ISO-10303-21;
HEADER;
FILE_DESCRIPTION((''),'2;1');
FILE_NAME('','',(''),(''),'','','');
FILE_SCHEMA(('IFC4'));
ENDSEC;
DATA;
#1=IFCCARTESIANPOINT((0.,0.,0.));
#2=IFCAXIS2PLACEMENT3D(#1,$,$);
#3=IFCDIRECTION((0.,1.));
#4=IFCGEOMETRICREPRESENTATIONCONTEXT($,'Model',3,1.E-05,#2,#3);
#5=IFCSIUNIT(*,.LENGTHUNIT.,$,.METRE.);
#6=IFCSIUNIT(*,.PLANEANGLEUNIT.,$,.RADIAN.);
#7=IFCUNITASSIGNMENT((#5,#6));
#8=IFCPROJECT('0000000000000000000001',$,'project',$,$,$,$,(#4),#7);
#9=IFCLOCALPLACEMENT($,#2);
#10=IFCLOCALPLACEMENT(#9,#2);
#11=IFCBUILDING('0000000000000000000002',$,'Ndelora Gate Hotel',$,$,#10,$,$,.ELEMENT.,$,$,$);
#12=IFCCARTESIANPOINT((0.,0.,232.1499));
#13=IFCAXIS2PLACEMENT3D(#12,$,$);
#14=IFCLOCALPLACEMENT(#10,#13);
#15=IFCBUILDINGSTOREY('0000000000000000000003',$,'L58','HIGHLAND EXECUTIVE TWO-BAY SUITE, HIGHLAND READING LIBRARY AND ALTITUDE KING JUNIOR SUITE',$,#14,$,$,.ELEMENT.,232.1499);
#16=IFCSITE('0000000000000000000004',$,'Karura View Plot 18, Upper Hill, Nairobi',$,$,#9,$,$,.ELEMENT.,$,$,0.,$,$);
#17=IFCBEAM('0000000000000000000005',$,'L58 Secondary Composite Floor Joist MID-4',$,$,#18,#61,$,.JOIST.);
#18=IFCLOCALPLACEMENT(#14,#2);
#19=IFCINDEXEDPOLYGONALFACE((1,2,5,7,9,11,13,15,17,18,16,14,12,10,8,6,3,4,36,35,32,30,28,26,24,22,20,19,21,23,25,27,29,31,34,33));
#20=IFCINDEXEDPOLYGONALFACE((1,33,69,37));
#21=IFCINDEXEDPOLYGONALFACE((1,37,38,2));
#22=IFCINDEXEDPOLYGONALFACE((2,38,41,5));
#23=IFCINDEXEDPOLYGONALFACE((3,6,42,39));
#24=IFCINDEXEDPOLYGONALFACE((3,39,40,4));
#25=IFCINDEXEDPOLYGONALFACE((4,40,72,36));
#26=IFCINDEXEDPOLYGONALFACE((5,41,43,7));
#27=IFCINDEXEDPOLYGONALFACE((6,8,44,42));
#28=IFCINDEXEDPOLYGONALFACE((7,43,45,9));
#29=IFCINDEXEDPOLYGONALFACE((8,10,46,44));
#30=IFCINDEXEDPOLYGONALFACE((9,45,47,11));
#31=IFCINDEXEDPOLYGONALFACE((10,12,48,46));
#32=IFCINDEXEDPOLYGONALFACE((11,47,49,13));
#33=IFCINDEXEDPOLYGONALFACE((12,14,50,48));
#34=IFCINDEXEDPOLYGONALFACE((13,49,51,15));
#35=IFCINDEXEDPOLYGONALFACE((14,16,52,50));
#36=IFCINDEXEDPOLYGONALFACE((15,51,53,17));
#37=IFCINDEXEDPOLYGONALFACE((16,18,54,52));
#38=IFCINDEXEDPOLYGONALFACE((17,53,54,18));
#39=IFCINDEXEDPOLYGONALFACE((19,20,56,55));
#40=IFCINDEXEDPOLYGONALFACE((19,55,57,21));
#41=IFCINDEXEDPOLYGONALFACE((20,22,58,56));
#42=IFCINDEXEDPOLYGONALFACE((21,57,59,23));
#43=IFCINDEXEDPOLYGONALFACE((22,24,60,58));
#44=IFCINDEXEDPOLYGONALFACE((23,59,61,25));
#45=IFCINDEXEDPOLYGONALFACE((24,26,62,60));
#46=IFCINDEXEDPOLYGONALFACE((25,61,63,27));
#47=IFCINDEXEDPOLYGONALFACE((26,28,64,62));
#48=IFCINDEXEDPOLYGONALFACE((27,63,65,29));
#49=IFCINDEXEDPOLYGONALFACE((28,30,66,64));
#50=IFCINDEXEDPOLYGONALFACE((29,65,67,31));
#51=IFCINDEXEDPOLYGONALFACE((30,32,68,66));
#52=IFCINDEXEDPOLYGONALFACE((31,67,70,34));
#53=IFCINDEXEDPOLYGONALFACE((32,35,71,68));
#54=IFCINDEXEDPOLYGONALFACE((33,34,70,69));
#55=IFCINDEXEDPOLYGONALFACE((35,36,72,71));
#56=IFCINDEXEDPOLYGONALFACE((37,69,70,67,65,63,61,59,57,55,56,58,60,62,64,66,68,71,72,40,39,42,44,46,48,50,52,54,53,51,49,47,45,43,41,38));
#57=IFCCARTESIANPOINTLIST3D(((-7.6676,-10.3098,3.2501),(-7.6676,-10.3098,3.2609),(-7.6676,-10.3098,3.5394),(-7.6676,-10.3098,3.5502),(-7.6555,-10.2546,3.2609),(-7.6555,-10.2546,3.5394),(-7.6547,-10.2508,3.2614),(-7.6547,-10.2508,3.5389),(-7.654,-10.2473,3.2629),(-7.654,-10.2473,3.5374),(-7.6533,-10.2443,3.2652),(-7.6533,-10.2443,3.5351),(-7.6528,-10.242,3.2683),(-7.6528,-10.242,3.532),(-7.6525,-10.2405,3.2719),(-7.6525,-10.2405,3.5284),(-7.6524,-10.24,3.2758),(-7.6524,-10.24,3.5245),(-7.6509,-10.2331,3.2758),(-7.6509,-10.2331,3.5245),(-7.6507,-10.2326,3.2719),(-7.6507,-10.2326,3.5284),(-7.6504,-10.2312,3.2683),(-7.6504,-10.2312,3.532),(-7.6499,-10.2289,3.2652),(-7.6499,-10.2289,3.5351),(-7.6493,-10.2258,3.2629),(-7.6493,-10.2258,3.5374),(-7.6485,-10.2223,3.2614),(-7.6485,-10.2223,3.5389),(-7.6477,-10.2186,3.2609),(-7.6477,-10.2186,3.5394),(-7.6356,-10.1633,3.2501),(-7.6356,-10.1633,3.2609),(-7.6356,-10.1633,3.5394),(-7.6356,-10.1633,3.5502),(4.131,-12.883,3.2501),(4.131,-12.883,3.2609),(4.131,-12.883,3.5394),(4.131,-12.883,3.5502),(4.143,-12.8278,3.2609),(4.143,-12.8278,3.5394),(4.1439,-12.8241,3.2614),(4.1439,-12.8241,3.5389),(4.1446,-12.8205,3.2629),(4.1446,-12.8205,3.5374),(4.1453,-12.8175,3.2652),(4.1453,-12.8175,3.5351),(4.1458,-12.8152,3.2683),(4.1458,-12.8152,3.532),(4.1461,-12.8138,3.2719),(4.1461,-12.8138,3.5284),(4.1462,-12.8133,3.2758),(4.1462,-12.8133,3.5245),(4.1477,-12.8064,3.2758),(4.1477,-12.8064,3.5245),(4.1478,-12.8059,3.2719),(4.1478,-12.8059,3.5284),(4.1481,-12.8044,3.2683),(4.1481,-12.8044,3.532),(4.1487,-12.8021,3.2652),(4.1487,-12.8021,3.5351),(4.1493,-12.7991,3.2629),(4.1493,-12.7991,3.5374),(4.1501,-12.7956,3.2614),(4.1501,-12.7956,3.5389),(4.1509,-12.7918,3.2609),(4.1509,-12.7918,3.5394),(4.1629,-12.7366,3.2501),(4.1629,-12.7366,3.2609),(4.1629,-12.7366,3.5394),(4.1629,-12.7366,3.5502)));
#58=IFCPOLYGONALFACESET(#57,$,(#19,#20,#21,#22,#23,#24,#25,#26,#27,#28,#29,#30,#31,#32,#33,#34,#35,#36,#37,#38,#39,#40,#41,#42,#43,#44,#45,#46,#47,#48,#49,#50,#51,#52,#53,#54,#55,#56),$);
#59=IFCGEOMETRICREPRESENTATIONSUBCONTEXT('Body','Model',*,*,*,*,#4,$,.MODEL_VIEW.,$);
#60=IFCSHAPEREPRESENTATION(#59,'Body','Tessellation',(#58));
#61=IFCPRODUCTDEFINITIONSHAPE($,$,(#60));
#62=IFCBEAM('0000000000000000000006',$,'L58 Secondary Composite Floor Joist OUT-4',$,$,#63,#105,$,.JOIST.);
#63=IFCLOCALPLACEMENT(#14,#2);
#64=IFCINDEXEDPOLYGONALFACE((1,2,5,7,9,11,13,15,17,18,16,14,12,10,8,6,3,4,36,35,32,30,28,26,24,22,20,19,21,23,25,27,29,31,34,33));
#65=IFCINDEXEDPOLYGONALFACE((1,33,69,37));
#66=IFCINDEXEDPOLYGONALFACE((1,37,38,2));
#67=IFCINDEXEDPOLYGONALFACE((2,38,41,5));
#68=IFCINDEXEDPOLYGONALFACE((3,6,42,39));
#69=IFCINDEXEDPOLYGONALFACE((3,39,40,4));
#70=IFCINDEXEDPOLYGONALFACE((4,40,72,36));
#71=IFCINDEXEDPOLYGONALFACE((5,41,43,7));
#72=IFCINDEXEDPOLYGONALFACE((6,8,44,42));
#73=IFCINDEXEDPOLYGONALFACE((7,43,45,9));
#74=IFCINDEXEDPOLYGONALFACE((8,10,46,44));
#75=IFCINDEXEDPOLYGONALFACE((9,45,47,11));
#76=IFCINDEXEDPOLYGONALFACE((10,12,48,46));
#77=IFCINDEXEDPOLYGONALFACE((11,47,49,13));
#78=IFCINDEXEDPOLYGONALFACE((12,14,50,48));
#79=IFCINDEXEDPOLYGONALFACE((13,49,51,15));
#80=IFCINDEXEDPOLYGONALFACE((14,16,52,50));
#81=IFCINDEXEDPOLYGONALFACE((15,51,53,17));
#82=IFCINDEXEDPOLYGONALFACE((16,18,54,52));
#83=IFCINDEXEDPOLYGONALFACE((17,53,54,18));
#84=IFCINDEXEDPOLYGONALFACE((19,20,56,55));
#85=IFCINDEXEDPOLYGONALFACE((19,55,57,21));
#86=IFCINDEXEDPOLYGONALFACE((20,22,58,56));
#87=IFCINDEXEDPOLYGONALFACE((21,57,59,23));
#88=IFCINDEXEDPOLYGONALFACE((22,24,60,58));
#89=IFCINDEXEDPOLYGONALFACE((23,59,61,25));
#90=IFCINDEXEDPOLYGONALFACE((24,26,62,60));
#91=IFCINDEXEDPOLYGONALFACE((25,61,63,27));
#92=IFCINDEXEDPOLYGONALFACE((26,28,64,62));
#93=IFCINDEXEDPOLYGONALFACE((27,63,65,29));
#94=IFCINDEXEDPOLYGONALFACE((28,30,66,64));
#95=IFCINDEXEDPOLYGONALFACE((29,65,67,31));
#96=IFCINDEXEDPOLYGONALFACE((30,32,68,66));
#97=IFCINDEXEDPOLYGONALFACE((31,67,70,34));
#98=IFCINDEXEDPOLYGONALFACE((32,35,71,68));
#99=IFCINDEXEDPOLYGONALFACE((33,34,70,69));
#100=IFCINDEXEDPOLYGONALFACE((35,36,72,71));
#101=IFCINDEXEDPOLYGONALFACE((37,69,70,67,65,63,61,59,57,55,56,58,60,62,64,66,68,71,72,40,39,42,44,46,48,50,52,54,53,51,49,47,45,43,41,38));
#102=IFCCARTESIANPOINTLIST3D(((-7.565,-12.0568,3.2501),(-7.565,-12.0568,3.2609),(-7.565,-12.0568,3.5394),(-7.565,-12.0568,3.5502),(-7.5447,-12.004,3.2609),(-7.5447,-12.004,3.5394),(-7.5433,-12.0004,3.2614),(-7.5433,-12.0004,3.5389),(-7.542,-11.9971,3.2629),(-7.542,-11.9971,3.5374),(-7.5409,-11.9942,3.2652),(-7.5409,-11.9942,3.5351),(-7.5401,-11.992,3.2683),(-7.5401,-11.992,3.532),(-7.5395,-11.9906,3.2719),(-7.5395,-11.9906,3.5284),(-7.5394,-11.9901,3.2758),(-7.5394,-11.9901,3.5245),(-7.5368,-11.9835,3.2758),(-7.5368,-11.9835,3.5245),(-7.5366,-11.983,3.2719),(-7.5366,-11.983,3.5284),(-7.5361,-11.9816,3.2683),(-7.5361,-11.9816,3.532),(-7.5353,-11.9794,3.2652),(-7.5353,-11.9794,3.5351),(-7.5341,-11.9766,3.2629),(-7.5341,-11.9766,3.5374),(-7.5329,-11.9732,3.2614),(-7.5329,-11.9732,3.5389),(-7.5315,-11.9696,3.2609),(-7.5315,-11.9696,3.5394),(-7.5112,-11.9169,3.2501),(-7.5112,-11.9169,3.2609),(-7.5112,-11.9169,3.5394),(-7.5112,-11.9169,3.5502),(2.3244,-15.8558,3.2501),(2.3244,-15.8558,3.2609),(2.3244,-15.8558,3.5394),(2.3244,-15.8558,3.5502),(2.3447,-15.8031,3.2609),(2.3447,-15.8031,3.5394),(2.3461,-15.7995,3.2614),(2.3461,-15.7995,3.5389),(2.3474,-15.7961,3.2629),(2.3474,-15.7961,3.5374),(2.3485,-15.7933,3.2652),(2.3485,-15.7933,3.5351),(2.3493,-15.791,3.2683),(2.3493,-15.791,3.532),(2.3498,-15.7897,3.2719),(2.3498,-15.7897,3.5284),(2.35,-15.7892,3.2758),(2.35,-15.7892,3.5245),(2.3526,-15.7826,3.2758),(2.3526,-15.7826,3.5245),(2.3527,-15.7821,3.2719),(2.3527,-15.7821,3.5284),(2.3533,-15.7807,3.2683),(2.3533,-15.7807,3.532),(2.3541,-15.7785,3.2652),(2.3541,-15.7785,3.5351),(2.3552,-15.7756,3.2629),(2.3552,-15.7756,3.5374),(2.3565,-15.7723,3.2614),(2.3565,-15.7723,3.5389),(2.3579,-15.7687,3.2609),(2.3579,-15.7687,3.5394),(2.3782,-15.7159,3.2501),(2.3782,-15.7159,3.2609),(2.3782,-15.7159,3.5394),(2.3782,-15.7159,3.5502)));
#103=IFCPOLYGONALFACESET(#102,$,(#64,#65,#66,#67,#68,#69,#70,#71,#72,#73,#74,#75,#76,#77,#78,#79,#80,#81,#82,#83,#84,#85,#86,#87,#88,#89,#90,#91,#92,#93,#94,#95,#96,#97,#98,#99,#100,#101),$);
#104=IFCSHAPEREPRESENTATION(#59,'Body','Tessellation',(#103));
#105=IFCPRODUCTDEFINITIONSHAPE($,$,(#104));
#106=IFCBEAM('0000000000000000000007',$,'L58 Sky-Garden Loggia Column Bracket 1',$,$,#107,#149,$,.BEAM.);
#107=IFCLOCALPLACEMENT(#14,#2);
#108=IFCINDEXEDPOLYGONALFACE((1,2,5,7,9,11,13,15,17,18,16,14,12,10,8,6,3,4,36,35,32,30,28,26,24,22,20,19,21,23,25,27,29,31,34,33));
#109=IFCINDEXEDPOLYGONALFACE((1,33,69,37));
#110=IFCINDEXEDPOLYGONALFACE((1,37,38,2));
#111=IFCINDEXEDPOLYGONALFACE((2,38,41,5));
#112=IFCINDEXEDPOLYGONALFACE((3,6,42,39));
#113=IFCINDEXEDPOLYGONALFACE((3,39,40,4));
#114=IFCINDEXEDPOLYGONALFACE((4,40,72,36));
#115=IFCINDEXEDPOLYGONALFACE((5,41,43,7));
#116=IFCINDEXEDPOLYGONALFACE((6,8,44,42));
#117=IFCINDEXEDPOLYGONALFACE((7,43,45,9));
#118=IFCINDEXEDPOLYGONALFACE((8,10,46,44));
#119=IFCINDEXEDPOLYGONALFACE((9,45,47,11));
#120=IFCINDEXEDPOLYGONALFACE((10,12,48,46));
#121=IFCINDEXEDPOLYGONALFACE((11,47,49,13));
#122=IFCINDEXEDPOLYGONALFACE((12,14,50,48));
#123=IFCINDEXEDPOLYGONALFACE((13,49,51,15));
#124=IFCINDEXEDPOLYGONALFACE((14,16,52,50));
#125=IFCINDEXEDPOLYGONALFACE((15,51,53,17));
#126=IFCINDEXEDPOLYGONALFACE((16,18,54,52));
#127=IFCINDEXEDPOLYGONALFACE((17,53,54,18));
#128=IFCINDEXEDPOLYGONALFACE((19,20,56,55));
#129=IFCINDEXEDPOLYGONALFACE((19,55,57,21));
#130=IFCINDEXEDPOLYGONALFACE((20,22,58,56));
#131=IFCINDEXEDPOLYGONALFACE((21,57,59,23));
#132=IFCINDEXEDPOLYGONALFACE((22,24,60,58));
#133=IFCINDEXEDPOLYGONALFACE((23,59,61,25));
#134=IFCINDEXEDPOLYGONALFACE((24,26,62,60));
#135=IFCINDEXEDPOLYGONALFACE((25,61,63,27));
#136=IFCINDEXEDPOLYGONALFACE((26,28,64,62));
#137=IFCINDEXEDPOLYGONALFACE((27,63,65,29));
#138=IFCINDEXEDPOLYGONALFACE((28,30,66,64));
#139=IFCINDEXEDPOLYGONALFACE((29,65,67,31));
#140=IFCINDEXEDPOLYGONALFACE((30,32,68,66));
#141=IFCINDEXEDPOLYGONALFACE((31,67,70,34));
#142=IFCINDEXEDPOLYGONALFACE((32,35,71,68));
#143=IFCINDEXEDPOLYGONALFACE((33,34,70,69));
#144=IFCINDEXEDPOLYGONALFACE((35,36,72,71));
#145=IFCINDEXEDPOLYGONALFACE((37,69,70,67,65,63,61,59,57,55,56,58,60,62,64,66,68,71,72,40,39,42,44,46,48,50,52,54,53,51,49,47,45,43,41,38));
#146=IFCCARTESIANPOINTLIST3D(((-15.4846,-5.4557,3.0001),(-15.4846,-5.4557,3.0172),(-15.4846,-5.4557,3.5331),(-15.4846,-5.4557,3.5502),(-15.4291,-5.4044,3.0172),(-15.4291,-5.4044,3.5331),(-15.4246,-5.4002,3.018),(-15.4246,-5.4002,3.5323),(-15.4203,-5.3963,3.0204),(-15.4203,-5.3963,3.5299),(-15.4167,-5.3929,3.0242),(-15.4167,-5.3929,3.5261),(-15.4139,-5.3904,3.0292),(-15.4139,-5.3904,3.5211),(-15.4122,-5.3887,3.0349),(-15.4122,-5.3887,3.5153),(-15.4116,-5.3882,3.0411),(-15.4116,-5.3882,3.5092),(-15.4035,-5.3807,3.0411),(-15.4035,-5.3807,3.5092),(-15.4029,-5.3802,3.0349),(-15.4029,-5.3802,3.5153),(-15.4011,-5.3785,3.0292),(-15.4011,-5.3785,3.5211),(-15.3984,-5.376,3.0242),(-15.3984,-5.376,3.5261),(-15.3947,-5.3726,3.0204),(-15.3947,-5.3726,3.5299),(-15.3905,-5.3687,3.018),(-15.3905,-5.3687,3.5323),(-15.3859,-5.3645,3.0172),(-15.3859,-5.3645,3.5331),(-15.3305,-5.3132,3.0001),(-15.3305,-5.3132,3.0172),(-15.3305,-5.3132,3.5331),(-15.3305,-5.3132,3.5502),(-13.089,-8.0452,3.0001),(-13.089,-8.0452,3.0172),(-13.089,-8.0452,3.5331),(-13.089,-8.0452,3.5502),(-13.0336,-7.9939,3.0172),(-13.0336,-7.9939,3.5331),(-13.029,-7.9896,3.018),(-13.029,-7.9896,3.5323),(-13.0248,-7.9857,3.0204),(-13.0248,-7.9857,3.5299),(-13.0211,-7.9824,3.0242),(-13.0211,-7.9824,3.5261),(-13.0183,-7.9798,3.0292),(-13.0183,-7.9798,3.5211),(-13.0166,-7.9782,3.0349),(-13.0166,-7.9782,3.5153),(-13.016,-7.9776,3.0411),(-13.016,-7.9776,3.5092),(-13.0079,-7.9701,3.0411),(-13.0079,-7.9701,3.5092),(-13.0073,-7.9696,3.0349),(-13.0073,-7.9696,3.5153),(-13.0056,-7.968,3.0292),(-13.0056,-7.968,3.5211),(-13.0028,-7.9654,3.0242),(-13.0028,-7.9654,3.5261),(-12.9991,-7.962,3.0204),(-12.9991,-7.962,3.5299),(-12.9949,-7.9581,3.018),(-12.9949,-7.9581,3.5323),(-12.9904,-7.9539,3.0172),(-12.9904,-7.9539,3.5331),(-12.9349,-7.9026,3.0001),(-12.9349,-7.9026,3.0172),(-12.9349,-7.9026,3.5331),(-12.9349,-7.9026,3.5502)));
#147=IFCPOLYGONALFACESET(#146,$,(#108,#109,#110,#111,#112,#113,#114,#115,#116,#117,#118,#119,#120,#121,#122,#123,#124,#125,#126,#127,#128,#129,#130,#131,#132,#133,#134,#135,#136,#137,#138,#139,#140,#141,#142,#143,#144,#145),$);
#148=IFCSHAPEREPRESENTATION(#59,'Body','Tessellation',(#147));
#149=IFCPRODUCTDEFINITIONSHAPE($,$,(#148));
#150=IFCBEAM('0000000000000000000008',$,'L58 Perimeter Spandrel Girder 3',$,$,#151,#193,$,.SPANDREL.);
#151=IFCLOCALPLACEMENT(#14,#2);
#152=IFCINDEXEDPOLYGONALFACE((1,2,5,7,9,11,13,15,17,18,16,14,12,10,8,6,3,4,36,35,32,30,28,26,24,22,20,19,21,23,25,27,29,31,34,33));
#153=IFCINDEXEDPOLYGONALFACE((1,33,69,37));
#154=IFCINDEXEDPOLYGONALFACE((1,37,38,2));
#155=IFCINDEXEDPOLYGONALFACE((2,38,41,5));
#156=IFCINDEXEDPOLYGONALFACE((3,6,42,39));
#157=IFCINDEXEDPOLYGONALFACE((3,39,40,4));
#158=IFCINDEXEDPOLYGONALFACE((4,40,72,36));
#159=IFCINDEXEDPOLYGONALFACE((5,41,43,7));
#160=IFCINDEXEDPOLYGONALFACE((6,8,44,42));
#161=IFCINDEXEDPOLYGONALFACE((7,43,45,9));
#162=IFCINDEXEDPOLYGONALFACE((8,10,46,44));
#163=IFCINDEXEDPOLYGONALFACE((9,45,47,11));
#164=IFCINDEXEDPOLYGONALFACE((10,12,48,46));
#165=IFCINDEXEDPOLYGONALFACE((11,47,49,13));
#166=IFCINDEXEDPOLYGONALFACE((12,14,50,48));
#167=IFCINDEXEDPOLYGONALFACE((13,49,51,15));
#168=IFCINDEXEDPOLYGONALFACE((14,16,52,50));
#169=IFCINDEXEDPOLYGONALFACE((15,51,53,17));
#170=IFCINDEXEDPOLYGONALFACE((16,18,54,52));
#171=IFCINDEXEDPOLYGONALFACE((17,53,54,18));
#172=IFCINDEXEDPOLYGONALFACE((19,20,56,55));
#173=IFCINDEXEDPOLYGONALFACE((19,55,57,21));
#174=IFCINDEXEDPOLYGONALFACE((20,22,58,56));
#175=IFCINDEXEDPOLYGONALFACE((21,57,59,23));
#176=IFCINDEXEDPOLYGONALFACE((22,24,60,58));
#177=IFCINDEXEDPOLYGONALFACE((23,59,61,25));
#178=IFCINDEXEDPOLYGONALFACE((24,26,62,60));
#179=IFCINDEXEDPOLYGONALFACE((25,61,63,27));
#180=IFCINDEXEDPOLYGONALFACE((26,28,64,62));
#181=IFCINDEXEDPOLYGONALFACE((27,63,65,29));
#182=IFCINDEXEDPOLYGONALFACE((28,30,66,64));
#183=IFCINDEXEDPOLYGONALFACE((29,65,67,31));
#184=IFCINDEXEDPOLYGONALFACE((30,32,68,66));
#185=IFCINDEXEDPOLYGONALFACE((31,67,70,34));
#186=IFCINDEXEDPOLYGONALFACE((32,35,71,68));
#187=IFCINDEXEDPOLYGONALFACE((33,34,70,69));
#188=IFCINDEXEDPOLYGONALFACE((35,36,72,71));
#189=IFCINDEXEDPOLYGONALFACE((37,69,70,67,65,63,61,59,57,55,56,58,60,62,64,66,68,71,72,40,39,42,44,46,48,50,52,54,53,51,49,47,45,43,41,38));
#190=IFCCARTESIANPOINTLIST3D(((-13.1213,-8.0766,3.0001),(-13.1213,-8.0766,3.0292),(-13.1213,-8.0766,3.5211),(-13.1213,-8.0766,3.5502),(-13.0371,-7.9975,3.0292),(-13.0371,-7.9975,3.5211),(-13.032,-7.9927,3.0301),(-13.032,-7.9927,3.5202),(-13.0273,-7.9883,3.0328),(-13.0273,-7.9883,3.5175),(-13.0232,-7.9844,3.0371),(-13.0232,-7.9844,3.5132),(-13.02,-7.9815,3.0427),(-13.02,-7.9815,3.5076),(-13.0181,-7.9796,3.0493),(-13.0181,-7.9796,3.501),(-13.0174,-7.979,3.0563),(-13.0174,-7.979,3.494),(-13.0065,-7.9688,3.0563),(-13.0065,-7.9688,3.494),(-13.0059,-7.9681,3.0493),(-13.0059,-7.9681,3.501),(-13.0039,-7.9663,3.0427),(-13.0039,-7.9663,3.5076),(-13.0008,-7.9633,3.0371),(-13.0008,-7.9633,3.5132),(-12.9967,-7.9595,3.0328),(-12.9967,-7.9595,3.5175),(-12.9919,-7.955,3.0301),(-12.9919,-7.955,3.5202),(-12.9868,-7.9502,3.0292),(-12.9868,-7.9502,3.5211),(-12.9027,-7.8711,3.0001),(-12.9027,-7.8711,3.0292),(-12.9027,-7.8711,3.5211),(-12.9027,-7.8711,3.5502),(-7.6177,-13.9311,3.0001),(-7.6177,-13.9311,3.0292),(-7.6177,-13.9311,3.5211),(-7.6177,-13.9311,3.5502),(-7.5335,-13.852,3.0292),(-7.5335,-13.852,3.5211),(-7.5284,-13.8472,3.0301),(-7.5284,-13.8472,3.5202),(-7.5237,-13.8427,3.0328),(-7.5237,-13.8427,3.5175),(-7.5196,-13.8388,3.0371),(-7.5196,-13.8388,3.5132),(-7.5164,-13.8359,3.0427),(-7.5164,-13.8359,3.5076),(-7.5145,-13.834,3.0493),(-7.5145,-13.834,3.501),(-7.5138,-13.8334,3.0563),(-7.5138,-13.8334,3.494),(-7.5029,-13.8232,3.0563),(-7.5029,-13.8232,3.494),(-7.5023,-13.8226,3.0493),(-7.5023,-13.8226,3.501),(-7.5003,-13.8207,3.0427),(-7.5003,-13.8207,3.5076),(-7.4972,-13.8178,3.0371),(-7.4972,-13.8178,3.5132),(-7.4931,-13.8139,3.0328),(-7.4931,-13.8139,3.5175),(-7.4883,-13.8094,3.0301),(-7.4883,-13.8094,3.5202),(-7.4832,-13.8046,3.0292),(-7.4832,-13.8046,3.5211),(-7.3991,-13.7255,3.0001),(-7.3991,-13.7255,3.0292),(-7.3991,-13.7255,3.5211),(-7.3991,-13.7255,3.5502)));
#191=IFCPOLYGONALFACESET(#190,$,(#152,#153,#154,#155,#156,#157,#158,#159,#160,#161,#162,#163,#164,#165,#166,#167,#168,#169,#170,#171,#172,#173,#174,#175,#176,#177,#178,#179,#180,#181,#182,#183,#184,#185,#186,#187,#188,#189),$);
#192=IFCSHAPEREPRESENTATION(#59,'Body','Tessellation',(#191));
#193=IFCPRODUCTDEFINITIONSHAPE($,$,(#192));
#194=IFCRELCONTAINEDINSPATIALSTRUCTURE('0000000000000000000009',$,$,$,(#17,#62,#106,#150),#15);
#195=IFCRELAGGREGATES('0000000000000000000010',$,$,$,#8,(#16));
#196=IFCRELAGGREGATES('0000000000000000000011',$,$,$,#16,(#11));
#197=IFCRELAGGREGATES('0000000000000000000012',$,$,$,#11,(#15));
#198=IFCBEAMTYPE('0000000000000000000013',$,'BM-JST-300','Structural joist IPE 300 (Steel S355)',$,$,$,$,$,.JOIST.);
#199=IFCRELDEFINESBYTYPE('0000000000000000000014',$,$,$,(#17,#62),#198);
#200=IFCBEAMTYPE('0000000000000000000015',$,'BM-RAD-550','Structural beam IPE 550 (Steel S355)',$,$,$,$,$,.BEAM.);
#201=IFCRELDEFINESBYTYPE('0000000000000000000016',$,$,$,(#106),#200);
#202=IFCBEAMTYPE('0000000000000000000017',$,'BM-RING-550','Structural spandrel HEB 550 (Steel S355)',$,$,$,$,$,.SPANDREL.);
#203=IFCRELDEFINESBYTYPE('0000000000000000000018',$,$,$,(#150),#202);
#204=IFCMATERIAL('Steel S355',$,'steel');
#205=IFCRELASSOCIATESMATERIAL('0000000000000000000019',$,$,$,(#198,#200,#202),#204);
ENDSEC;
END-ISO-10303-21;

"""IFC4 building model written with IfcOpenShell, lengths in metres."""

from ifc_helpers import new_model, si_unit, direction, frame, origin, origin_2d, place, context, subcontext, project, spatial, i_section, extrude, material, material_profile, profile_set, type_object, element, save


model = new_model("IFC4")

# Units and contexts
model_context = context("Model", 3, precision=1e-05, world=origin(), true_north=direction((0.0, 1.0)))
body_context = subcontext(model_context, "Body", "Model", "MODEL_VIEW")
ifc_project = project(units=[si_unit("LENGTHUNIT", "METRE"), si_unit("PLANEANGLEUNIT", "RADIAN")], contexts=[model_context])

# Site, building, storey
site_placement = place(None, origin())
site = spatial("IfcSite", under=ifc_project, at=site_placement, Name="Karura View Plot 18, Upper Hill, Nairobi", CompositionType="ELEMENT", RefElevation=0.0)
building_placement = place(site_placement, origin())
building = spatial("IfcBuilding", under=site, at=building_placement, Name="Ndelora Gate Hotel", CompositionType="ELEMENT")
storey_placement = place(building_placement, frame((0.0, 0.0, 232.1499)))
storey = spatial("IfcBuildingStorey", under=building, at=storey_placement, Name="L58", Description="HIGHLAND EXECUTIVE TWO-BAY SUITE, HIGHLAND READING LIBRARY AND ALTITUDE KING JUNIOR SUITE", CompositionType="ELEMENT", Elevation=232.1499)

# Beams
ifc_material_1 = material(Name="Steel S355", Category="steel")
ifc_material_profile_1 = material_profile(ifc_material_1, i_section(OverallWidth=0.1499, OverallDepth=0.3, WebThickness=0.0071, FlangeThickness=0.0107, FilletRadius=0.0149, at=origin_2d()), Name="IPE 300")
ifc_profile_set_1 = profile_set([ifc_material_profile_1], Name="Steel S355")
beam_type_1 = type_object("IfcBeamType", Name="BM-JST-300", Description="Structural joist IPE 300 (Steel S355)", PredefinedType="JOIST", material=ifc_profile_set_1)
beam_1_placement = place(storey_placement, frame((-7.6516, -10.2366, 3.4001), z_axis=(0.977033, -0.213088, 0.0), x_axis=(0.213088, 0.977033, 0.0)))
element("IfcBeam", 1, at=beam_1_placement, inside=storey, type_object=beam_type_1, Name="L58 Secondary Composite Floor Joist MID-4", PredefinedType="JOIST", context=body_context, shape_type="SweptSolid", body=[
    extrude(i_section(OverallWidth=0.1499, OverallDepth=0.3, WebThickness=0.0071, FlangeThickness=0.0107, FilletRadius=0.0149, at=origin_2d()), origin(), (0.0, 0.0, 1.0), 12.0759),
])
beam_2_placement = place(storey_placement, frame((-7.5381, -11.9868, 3.4001), z_axis=(0.933489, -0.358605, 0.0), x_axis=(0.358605, 0.933489, 0.0)))
element("IfcBeam", 2, at=beam_2_placement, inside=storey, type_object=beam_type_1, Name="L58 Secondary Composite Floor Joist OUT-4", PredefinedType="JOIST", context=body_context, shape_type="SweptSolid", body=[
    extrude(i_section(OverallWidth=0.1499, OverallDepth=0.3, WebThickness=0.0071, FlangeThickness=0.0107, FilletRadius=0.0149, at=origin_2d()), origin(), (0.0, 0.0, 1.0), 10.594),
])
ifc_material_profile_2 = material_profile(ifc_material_1, i_section(OverallWidth=0.21, OverallDepth=0.55, WebThickness=0.011, FlangeThickness=0.0171, FilletRadius=0.0239, at=origin_2d()), Name="IPE 550")
ifc_profile_set_2 = profile_set([ifc_material_profile_2], Name="Steel S355")
beam_type_2 = type_object("IfcBeamType", Name="BM-RAD-550", Description="Structural beam IPE 550 (Steel S355)", PredefinedType="BEAM", material=ifc_profile_set_2)
beam_3_placement = place(storey_placement, frame((-13.012, -7.9739, 3.2751), z_axis=(-0.679096, 0.734049, 0.0), x_axis=(-0.734049, -0.679096, 0.0)))
element("IfcBeam", 3, at=beam_3_placement, inside=storey, type_object=beam_type_2, Name="L58 Sky-Garden Loggia Column Bracket 1", PredefinedType="BEAM", context=body_context, shape_type="SweptSolid", body=[
    extrude(i_section(OverallWidth=0.21, OverallDepth=0.55, WebThickness=0.011, FlangeThickness=0.0171, FilletRadius=0.0239, at=origin_2d()), origin(), (0.0, 0.0, 1.0), 3.5276),
])
ifc_material_profile_3 = material_profile(ifc_material_1, i_section(OverallWidth=0.3, OverallDepth=0.55, WebThickness=0.0149, FlangeThickness=0.0291, FilletRadius=0.0271, at=origin_2d()), Name="HEB 550")
ifc_profile_set_3 = profile_set([ifc_material_profile_3], Name="Steel S355")
beam_type_3 = type_object("IfcBeamType", Name="BM-RING-550", Description="Structural spandrel HEB 550 (Steel S355)", PredefinedType="SPANDREL", material=ifc_profile_set_3)
beam_4_placement = place(storey_placement, frame((-13.012, -7.9739, 3.2751), z_axis=(0.684939, -0.7286, 0.0), x_axis=(0.7286, 0.684939, 0.0)))
element("IfcBeam", 4, at=beam_4_placement, inside=storey, type_object=beam_type_3, Name="L58 Perimeter Spandrel Girder 3", PredefinedType="SPANDREL", context=body_context, shape_type="SweptSolid", body=[
    extrude(i_section(OverallWidth=0.3, OverallDepth=0.55, WebThickness=0.0149, FlangeThickness=0.0291, FilletRadius=0.0271, at=origin_2d()), origin(), (0.0, 0.0, 1.0), 8.0352),
])

save(model, "model.ifc")
